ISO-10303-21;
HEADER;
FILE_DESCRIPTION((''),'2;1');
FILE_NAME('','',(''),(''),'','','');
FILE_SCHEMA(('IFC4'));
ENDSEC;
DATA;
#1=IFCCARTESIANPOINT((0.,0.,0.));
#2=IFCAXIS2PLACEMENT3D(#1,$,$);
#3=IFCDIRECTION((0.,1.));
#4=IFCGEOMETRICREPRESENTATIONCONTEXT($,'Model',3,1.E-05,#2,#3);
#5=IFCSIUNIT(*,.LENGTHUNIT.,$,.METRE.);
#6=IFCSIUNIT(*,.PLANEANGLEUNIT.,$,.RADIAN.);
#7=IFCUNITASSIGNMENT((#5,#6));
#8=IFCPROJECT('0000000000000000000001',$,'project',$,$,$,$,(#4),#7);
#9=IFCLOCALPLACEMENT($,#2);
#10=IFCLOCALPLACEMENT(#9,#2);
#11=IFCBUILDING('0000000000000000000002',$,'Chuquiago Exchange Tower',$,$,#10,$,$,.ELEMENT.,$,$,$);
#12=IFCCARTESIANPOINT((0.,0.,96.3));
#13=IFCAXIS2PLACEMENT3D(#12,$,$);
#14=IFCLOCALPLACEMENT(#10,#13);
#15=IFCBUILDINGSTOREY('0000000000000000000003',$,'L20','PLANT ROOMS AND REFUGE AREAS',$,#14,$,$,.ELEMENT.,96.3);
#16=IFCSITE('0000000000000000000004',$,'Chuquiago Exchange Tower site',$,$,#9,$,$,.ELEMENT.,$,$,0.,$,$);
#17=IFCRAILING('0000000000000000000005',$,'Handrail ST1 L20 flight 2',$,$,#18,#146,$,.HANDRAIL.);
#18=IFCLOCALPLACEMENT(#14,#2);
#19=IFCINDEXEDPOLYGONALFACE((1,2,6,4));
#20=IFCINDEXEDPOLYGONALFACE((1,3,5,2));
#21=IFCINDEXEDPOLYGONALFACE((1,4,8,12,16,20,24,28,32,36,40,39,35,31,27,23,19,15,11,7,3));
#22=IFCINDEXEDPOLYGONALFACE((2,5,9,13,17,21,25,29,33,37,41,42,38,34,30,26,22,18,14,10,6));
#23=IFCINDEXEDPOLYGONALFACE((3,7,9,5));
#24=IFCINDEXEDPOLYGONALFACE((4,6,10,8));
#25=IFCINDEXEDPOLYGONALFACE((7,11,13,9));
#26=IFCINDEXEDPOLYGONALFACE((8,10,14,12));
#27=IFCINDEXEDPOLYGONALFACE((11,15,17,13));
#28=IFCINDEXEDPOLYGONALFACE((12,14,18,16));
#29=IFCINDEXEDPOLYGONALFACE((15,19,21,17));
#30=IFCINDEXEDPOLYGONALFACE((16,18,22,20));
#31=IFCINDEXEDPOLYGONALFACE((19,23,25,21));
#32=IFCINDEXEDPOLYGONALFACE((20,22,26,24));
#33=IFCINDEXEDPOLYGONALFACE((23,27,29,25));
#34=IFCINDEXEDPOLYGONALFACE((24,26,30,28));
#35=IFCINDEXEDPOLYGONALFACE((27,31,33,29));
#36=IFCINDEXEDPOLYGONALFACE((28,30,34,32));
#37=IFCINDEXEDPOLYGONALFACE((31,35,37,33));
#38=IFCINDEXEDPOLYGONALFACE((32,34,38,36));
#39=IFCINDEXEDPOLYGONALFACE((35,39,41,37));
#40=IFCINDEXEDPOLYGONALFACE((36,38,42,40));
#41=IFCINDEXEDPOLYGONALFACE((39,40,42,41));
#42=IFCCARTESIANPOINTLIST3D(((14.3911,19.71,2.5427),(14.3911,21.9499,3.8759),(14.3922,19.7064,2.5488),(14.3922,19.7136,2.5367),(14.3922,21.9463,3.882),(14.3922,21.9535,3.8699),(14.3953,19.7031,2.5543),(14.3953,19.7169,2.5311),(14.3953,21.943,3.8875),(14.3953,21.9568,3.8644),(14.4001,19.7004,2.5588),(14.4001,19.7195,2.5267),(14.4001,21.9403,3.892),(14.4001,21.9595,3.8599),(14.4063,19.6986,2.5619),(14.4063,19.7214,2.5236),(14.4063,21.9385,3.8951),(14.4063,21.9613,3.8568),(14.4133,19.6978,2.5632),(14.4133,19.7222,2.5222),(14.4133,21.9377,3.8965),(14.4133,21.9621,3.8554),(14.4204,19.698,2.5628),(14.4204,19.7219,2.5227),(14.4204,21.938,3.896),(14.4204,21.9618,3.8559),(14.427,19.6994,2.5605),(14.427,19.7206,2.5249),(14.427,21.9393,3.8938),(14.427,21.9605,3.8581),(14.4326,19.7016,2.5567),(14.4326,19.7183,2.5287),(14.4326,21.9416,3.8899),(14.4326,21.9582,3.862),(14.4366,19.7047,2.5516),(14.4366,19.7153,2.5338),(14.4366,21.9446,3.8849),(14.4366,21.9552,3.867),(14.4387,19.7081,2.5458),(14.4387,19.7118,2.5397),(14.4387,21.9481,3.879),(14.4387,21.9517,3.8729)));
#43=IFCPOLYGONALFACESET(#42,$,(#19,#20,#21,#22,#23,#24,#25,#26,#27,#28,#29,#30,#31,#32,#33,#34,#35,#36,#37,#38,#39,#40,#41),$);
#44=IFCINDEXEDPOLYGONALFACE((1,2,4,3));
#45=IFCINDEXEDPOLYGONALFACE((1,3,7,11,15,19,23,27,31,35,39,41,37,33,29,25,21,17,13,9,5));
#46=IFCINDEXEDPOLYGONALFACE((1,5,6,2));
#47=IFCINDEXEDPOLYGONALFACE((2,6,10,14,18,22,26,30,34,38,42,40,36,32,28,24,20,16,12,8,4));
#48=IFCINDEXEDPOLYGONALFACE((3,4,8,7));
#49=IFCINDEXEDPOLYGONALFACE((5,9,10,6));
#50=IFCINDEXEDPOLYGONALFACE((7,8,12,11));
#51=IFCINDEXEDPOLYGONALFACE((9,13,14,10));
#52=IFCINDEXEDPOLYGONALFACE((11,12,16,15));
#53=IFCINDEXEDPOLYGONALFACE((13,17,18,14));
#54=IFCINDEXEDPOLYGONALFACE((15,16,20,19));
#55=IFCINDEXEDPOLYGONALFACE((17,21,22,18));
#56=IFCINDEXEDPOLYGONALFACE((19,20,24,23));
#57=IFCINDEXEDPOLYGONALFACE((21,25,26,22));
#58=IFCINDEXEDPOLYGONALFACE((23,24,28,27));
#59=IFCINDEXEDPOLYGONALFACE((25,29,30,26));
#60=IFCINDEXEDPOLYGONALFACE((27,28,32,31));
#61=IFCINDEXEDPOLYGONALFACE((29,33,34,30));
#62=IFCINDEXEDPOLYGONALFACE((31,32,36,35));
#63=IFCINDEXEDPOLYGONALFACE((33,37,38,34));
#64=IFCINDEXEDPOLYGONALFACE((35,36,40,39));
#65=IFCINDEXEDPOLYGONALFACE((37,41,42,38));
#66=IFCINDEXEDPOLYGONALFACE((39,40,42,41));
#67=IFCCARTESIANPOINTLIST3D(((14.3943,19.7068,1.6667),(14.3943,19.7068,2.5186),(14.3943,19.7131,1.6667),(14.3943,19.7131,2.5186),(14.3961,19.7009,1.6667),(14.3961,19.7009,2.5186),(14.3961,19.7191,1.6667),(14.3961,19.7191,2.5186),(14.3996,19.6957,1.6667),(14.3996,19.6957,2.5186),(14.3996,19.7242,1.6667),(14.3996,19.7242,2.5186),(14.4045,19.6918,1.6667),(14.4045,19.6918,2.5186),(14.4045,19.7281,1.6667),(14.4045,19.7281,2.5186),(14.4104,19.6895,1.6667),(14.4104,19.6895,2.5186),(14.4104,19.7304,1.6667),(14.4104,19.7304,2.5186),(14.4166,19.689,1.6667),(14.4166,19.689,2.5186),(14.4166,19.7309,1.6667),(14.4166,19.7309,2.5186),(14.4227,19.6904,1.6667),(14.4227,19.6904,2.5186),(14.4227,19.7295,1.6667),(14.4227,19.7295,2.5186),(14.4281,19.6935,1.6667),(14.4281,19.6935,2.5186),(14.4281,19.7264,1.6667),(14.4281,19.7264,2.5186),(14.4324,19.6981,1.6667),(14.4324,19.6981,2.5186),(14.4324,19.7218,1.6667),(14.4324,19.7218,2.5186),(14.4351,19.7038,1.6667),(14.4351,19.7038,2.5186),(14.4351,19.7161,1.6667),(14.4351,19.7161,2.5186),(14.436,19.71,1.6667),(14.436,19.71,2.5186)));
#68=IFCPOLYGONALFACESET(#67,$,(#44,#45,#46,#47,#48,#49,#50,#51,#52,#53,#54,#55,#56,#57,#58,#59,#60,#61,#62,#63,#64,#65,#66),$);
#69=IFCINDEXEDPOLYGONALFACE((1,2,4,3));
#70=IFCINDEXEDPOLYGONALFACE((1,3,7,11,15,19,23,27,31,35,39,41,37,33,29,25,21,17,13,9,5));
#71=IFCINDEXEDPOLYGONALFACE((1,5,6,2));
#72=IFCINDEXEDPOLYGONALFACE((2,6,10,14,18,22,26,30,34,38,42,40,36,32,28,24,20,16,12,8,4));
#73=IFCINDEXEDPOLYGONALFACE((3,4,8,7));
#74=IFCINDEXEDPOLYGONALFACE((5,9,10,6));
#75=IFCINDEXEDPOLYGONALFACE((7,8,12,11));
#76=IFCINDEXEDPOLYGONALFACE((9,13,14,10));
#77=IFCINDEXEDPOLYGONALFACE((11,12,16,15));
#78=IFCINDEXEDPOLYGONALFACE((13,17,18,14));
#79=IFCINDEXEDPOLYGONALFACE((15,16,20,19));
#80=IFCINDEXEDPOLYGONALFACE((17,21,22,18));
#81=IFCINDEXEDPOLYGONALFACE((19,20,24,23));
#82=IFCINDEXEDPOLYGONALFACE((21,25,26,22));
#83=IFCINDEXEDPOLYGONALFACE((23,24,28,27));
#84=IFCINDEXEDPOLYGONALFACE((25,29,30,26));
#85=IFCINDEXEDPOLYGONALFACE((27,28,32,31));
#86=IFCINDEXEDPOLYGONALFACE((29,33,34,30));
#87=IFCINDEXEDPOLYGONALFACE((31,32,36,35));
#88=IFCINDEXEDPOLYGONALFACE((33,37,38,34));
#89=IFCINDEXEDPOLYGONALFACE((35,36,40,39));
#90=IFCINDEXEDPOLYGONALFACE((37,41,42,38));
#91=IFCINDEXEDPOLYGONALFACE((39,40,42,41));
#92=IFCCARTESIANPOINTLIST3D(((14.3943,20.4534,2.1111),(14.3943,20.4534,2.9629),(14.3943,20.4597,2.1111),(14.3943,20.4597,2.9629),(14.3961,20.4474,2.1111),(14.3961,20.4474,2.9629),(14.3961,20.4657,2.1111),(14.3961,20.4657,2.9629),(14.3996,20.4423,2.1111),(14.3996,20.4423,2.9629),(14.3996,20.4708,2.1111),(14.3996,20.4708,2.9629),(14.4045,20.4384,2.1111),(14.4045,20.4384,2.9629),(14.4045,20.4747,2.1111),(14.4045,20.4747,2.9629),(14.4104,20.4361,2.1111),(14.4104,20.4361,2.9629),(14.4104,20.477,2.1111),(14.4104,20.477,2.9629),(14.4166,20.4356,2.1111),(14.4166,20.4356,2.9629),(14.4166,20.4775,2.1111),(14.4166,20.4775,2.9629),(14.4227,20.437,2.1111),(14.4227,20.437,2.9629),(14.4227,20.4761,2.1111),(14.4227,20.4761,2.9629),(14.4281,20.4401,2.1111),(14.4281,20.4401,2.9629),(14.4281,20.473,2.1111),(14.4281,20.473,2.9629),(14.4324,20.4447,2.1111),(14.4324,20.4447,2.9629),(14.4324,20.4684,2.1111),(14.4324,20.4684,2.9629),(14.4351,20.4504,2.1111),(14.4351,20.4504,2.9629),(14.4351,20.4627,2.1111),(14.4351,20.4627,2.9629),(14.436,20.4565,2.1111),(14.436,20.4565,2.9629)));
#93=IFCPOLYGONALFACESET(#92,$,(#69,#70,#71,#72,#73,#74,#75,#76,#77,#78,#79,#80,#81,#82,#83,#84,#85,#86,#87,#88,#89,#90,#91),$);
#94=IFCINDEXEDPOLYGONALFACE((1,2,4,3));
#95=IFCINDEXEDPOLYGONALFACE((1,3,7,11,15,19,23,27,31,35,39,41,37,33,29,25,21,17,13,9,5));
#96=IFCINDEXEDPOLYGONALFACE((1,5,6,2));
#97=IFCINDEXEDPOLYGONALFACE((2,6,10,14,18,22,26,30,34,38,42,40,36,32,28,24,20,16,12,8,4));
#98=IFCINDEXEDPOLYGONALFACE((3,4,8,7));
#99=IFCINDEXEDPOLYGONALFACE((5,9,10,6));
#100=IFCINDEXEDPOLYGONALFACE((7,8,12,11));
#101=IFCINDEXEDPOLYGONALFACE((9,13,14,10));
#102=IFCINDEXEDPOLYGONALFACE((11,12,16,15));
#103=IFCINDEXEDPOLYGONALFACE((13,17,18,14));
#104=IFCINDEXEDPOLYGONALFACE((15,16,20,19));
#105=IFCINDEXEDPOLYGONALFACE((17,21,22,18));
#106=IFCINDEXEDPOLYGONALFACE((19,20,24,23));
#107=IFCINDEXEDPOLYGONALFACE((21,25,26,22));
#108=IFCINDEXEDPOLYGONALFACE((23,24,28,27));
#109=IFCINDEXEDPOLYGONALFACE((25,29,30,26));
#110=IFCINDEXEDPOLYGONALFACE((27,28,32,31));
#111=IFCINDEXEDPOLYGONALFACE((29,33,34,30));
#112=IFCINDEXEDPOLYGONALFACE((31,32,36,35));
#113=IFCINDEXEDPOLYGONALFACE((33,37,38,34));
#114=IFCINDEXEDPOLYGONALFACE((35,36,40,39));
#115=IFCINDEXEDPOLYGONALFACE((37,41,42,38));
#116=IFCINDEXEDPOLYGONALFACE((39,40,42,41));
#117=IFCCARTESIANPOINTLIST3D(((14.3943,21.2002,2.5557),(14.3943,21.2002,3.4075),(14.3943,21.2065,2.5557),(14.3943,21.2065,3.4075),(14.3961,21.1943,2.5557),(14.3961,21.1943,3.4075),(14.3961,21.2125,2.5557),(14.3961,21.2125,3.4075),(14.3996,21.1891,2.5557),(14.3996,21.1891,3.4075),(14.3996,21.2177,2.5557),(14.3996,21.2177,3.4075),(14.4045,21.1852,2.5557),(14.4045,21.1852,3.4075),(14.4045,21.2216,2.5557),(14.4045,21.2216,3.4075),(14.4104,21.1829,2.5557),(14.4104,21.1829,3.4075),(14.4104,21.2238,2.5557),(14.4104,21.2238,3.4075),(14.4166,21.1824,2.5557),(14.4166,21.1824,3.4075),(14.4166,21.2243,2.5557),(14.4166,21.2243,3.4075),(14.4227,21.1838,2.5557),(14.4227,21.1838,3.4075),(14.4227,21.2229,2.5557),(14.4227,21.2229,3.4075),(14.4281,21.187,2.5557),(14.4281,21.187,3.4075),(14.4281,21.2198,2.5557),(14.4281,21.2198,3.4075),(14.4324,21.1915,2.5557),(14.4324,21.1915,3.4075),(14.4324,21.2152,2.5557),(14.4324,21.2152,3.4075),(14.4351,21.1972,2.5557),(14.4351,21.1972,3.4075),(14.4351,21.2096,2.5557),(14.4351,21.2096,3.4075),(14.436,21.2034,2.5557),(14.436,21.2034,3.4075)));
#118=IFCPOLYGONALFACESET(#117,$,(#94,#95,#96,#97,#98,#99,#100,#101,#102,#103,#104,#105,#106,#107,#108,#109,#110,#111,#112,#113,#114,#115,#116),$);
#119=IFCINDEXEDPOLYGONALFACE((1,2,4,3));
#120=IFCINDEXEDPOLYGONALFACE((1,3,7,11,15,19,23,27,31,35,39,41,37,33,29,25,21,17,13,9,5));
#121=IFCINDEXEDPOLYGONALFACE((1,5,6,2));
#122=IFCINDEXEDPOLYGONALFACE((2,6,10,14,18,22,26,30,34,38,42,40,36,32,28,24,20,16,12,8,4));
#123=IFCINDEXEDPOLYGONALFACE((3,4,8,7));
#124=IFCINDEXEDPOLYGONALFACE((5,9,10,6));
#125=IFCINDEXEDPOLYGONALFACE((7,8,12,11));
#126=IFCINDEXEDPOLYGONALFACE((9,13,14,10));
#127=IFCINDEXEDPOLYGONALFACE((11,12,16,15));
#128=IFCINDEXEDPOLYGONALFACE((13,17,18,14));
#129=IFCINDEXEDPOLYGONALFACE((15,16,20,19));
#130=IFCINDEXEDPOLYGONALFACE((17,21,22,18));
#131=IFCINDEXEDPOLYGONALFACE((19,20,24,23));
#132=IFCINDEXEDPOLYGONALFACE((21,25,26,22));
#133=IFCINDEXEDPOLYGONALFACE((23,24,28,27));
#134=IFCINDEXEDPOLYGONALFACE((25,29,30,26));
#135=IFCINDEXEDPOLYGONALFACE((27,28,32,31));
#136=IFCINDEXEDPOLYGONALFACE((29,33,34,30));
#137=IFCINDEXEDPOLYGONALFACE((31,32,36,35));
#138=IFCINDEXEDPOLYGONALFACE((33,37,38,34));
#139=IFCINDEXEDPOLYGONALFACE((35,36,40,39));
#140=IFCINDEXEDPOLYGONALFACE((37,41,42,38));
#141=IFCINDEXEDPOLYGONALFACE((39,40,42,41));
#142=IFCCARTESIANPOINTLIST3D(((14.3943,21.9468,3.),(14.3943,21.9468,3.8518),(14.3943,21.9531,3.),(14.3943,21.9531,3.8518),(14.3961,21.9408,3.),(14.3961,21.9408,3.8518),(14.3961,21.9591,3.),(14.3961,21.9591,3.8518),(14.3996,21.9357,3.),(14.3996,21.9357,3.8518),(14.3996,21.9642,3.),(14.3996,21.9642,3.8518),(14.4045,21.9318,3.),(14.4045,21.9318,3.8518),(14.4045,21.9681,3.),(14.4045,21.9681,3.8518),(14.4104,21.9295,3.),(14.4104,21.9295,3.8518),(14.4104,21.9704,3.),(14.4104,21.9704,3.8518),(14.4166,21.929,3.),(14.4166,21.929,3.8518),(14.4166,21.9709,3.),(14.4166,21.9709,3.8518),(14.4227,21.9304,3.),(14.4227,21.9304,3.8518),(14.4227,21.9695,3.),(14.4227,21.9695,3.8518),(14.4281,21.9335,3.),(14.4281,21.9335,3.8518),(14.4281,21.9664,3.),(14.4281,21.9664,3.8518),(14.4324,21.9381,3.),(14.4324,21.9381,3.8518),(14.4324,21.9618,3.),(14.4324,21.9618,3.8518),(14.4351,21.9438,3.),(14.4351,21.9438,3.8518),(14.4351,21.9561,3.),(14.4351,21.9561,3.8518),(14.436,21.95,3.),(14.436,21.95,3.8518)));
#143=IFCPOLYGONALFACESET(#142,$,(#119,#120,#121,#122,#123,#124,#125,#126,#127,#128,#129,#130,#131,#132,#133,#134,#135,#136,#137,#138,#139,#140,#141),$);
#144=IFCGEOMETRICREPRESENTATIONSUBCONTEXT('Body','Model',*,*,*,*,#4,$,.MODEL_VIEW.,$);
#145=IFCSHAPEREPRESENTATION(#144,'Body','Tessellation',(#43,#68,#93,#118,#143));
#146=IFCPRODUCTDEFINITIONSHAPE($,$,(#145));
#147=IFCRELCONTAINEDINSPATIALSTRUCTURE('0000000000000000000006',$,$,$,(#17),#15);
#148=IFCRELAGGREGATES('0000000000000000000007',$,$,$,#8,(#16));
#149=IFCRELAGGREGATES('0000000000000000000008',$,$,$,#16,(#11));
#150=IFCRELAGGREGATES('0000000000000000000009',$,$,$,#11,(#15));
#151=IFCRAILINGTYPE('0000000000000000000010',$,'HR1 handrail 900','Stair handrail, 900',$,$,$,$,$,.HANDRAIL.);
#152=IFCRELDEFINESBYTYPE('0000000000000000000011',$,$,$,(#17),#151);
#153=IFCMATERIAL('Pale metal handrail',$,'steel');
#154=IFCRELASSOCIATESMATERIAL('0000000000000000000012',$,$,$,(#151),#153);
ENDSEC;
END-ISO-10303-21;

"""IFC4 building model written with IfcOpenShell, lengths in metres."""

from ifc_helpers import new_model, si_unit, direction, frame, origin, origin_2d, place, context, subcontext, project, spatial, circle, extrude, material, type_object, element, save


model = new_model("IFC4")

# Units and contexts
model_context = context("Model", 3, precision=1e-05, world=origin(), true_north=direction((0.0, 1.0)))
body_context = subcontext(model_context, "Body", "Model", "MODEL_VIEW")
ifc_project = project(units=[si_unit("LENGTHUNIT", "METRE"), si_unit("PLANEANGLEUNIT", "RADIAN")], contexts=[model_context])

# Site, building, storey
site_placement = place(None, origin())
site = spatial("IfcSite", under=ifc_project, at=site_placement, Name="Chuquiago Exchange Tower site", CompositionType="ELEMENT", RefElevation=0.0)
building_placement = place(site_placement, origin())
building = spatial("IfcBuilding", under=site, at=building_placement, Name="Chuquiago Exchange Tower", CompositionType="ELEMENT")
storey_placement = place(building_placement, frame((0.0, 0.0, 96.3)))
storey = spatial("IfcBuildingStorey", under=building, at=storey_placement, Name="L20", Description="PLANT ROOMS AND REFUGE AREAS", CompositionType="ELEMENT", Elevation=96.3)

# Railing
ifc_material_1 = material(Name="Pale metal handrail", Category="steel")
railing_type_1 = type_object("IfcRailingType", Name="HR1 handrail 900", Description="Stair handrail, 900", PredefinedType="HANDRAIL", material=ifc_material_1)
for number, where, name in (
    (1, (14.415, 19.71, 1.6667), "Handrail ST1 L20 flight 2"),
):
    element("IfcRailing", number, at=place(storey_placement, frame(where)), inside=storey, type_object=railing_type_1, Name=name, PredefinedType="HANDRAIL", context=body_context, shape_type="SweptSolid", body=[
        extrude(circle(Radius=0.0239, at=origin_2d()), frame((0.0, 0.0, 0.876), z_axis=(0.0, 0.859306, 0.511462), x_axis=(-1.0, 0.0, 0.0)), (0.0, 0.0, 1.0), 2.6067),
        extrude(circle(Radius=0.021, at=origin_2d()), origin(), (0.0, 0.0, 1.0), 0.8518),
        extrude(circle(Radius=0.021, at=origin_2d()), frame((0.0, 0.7466, 0.4443)), (0.0, 0.0, 1.0), 0.8518),
        extrude(circle(Radius=0.021, at=origin_2d()), frame((0.0, 1.4934, 0.8889)), (0.0, 0.0, 1.0), 0.8518),
        extrude(circle(Radius=0.021, at=origin_2d()), frame((0.0, 2.24, 1.3333)), (0.0, 0.0, 1.0), 0.8518),
    ])

save(model, "model.ifc")
